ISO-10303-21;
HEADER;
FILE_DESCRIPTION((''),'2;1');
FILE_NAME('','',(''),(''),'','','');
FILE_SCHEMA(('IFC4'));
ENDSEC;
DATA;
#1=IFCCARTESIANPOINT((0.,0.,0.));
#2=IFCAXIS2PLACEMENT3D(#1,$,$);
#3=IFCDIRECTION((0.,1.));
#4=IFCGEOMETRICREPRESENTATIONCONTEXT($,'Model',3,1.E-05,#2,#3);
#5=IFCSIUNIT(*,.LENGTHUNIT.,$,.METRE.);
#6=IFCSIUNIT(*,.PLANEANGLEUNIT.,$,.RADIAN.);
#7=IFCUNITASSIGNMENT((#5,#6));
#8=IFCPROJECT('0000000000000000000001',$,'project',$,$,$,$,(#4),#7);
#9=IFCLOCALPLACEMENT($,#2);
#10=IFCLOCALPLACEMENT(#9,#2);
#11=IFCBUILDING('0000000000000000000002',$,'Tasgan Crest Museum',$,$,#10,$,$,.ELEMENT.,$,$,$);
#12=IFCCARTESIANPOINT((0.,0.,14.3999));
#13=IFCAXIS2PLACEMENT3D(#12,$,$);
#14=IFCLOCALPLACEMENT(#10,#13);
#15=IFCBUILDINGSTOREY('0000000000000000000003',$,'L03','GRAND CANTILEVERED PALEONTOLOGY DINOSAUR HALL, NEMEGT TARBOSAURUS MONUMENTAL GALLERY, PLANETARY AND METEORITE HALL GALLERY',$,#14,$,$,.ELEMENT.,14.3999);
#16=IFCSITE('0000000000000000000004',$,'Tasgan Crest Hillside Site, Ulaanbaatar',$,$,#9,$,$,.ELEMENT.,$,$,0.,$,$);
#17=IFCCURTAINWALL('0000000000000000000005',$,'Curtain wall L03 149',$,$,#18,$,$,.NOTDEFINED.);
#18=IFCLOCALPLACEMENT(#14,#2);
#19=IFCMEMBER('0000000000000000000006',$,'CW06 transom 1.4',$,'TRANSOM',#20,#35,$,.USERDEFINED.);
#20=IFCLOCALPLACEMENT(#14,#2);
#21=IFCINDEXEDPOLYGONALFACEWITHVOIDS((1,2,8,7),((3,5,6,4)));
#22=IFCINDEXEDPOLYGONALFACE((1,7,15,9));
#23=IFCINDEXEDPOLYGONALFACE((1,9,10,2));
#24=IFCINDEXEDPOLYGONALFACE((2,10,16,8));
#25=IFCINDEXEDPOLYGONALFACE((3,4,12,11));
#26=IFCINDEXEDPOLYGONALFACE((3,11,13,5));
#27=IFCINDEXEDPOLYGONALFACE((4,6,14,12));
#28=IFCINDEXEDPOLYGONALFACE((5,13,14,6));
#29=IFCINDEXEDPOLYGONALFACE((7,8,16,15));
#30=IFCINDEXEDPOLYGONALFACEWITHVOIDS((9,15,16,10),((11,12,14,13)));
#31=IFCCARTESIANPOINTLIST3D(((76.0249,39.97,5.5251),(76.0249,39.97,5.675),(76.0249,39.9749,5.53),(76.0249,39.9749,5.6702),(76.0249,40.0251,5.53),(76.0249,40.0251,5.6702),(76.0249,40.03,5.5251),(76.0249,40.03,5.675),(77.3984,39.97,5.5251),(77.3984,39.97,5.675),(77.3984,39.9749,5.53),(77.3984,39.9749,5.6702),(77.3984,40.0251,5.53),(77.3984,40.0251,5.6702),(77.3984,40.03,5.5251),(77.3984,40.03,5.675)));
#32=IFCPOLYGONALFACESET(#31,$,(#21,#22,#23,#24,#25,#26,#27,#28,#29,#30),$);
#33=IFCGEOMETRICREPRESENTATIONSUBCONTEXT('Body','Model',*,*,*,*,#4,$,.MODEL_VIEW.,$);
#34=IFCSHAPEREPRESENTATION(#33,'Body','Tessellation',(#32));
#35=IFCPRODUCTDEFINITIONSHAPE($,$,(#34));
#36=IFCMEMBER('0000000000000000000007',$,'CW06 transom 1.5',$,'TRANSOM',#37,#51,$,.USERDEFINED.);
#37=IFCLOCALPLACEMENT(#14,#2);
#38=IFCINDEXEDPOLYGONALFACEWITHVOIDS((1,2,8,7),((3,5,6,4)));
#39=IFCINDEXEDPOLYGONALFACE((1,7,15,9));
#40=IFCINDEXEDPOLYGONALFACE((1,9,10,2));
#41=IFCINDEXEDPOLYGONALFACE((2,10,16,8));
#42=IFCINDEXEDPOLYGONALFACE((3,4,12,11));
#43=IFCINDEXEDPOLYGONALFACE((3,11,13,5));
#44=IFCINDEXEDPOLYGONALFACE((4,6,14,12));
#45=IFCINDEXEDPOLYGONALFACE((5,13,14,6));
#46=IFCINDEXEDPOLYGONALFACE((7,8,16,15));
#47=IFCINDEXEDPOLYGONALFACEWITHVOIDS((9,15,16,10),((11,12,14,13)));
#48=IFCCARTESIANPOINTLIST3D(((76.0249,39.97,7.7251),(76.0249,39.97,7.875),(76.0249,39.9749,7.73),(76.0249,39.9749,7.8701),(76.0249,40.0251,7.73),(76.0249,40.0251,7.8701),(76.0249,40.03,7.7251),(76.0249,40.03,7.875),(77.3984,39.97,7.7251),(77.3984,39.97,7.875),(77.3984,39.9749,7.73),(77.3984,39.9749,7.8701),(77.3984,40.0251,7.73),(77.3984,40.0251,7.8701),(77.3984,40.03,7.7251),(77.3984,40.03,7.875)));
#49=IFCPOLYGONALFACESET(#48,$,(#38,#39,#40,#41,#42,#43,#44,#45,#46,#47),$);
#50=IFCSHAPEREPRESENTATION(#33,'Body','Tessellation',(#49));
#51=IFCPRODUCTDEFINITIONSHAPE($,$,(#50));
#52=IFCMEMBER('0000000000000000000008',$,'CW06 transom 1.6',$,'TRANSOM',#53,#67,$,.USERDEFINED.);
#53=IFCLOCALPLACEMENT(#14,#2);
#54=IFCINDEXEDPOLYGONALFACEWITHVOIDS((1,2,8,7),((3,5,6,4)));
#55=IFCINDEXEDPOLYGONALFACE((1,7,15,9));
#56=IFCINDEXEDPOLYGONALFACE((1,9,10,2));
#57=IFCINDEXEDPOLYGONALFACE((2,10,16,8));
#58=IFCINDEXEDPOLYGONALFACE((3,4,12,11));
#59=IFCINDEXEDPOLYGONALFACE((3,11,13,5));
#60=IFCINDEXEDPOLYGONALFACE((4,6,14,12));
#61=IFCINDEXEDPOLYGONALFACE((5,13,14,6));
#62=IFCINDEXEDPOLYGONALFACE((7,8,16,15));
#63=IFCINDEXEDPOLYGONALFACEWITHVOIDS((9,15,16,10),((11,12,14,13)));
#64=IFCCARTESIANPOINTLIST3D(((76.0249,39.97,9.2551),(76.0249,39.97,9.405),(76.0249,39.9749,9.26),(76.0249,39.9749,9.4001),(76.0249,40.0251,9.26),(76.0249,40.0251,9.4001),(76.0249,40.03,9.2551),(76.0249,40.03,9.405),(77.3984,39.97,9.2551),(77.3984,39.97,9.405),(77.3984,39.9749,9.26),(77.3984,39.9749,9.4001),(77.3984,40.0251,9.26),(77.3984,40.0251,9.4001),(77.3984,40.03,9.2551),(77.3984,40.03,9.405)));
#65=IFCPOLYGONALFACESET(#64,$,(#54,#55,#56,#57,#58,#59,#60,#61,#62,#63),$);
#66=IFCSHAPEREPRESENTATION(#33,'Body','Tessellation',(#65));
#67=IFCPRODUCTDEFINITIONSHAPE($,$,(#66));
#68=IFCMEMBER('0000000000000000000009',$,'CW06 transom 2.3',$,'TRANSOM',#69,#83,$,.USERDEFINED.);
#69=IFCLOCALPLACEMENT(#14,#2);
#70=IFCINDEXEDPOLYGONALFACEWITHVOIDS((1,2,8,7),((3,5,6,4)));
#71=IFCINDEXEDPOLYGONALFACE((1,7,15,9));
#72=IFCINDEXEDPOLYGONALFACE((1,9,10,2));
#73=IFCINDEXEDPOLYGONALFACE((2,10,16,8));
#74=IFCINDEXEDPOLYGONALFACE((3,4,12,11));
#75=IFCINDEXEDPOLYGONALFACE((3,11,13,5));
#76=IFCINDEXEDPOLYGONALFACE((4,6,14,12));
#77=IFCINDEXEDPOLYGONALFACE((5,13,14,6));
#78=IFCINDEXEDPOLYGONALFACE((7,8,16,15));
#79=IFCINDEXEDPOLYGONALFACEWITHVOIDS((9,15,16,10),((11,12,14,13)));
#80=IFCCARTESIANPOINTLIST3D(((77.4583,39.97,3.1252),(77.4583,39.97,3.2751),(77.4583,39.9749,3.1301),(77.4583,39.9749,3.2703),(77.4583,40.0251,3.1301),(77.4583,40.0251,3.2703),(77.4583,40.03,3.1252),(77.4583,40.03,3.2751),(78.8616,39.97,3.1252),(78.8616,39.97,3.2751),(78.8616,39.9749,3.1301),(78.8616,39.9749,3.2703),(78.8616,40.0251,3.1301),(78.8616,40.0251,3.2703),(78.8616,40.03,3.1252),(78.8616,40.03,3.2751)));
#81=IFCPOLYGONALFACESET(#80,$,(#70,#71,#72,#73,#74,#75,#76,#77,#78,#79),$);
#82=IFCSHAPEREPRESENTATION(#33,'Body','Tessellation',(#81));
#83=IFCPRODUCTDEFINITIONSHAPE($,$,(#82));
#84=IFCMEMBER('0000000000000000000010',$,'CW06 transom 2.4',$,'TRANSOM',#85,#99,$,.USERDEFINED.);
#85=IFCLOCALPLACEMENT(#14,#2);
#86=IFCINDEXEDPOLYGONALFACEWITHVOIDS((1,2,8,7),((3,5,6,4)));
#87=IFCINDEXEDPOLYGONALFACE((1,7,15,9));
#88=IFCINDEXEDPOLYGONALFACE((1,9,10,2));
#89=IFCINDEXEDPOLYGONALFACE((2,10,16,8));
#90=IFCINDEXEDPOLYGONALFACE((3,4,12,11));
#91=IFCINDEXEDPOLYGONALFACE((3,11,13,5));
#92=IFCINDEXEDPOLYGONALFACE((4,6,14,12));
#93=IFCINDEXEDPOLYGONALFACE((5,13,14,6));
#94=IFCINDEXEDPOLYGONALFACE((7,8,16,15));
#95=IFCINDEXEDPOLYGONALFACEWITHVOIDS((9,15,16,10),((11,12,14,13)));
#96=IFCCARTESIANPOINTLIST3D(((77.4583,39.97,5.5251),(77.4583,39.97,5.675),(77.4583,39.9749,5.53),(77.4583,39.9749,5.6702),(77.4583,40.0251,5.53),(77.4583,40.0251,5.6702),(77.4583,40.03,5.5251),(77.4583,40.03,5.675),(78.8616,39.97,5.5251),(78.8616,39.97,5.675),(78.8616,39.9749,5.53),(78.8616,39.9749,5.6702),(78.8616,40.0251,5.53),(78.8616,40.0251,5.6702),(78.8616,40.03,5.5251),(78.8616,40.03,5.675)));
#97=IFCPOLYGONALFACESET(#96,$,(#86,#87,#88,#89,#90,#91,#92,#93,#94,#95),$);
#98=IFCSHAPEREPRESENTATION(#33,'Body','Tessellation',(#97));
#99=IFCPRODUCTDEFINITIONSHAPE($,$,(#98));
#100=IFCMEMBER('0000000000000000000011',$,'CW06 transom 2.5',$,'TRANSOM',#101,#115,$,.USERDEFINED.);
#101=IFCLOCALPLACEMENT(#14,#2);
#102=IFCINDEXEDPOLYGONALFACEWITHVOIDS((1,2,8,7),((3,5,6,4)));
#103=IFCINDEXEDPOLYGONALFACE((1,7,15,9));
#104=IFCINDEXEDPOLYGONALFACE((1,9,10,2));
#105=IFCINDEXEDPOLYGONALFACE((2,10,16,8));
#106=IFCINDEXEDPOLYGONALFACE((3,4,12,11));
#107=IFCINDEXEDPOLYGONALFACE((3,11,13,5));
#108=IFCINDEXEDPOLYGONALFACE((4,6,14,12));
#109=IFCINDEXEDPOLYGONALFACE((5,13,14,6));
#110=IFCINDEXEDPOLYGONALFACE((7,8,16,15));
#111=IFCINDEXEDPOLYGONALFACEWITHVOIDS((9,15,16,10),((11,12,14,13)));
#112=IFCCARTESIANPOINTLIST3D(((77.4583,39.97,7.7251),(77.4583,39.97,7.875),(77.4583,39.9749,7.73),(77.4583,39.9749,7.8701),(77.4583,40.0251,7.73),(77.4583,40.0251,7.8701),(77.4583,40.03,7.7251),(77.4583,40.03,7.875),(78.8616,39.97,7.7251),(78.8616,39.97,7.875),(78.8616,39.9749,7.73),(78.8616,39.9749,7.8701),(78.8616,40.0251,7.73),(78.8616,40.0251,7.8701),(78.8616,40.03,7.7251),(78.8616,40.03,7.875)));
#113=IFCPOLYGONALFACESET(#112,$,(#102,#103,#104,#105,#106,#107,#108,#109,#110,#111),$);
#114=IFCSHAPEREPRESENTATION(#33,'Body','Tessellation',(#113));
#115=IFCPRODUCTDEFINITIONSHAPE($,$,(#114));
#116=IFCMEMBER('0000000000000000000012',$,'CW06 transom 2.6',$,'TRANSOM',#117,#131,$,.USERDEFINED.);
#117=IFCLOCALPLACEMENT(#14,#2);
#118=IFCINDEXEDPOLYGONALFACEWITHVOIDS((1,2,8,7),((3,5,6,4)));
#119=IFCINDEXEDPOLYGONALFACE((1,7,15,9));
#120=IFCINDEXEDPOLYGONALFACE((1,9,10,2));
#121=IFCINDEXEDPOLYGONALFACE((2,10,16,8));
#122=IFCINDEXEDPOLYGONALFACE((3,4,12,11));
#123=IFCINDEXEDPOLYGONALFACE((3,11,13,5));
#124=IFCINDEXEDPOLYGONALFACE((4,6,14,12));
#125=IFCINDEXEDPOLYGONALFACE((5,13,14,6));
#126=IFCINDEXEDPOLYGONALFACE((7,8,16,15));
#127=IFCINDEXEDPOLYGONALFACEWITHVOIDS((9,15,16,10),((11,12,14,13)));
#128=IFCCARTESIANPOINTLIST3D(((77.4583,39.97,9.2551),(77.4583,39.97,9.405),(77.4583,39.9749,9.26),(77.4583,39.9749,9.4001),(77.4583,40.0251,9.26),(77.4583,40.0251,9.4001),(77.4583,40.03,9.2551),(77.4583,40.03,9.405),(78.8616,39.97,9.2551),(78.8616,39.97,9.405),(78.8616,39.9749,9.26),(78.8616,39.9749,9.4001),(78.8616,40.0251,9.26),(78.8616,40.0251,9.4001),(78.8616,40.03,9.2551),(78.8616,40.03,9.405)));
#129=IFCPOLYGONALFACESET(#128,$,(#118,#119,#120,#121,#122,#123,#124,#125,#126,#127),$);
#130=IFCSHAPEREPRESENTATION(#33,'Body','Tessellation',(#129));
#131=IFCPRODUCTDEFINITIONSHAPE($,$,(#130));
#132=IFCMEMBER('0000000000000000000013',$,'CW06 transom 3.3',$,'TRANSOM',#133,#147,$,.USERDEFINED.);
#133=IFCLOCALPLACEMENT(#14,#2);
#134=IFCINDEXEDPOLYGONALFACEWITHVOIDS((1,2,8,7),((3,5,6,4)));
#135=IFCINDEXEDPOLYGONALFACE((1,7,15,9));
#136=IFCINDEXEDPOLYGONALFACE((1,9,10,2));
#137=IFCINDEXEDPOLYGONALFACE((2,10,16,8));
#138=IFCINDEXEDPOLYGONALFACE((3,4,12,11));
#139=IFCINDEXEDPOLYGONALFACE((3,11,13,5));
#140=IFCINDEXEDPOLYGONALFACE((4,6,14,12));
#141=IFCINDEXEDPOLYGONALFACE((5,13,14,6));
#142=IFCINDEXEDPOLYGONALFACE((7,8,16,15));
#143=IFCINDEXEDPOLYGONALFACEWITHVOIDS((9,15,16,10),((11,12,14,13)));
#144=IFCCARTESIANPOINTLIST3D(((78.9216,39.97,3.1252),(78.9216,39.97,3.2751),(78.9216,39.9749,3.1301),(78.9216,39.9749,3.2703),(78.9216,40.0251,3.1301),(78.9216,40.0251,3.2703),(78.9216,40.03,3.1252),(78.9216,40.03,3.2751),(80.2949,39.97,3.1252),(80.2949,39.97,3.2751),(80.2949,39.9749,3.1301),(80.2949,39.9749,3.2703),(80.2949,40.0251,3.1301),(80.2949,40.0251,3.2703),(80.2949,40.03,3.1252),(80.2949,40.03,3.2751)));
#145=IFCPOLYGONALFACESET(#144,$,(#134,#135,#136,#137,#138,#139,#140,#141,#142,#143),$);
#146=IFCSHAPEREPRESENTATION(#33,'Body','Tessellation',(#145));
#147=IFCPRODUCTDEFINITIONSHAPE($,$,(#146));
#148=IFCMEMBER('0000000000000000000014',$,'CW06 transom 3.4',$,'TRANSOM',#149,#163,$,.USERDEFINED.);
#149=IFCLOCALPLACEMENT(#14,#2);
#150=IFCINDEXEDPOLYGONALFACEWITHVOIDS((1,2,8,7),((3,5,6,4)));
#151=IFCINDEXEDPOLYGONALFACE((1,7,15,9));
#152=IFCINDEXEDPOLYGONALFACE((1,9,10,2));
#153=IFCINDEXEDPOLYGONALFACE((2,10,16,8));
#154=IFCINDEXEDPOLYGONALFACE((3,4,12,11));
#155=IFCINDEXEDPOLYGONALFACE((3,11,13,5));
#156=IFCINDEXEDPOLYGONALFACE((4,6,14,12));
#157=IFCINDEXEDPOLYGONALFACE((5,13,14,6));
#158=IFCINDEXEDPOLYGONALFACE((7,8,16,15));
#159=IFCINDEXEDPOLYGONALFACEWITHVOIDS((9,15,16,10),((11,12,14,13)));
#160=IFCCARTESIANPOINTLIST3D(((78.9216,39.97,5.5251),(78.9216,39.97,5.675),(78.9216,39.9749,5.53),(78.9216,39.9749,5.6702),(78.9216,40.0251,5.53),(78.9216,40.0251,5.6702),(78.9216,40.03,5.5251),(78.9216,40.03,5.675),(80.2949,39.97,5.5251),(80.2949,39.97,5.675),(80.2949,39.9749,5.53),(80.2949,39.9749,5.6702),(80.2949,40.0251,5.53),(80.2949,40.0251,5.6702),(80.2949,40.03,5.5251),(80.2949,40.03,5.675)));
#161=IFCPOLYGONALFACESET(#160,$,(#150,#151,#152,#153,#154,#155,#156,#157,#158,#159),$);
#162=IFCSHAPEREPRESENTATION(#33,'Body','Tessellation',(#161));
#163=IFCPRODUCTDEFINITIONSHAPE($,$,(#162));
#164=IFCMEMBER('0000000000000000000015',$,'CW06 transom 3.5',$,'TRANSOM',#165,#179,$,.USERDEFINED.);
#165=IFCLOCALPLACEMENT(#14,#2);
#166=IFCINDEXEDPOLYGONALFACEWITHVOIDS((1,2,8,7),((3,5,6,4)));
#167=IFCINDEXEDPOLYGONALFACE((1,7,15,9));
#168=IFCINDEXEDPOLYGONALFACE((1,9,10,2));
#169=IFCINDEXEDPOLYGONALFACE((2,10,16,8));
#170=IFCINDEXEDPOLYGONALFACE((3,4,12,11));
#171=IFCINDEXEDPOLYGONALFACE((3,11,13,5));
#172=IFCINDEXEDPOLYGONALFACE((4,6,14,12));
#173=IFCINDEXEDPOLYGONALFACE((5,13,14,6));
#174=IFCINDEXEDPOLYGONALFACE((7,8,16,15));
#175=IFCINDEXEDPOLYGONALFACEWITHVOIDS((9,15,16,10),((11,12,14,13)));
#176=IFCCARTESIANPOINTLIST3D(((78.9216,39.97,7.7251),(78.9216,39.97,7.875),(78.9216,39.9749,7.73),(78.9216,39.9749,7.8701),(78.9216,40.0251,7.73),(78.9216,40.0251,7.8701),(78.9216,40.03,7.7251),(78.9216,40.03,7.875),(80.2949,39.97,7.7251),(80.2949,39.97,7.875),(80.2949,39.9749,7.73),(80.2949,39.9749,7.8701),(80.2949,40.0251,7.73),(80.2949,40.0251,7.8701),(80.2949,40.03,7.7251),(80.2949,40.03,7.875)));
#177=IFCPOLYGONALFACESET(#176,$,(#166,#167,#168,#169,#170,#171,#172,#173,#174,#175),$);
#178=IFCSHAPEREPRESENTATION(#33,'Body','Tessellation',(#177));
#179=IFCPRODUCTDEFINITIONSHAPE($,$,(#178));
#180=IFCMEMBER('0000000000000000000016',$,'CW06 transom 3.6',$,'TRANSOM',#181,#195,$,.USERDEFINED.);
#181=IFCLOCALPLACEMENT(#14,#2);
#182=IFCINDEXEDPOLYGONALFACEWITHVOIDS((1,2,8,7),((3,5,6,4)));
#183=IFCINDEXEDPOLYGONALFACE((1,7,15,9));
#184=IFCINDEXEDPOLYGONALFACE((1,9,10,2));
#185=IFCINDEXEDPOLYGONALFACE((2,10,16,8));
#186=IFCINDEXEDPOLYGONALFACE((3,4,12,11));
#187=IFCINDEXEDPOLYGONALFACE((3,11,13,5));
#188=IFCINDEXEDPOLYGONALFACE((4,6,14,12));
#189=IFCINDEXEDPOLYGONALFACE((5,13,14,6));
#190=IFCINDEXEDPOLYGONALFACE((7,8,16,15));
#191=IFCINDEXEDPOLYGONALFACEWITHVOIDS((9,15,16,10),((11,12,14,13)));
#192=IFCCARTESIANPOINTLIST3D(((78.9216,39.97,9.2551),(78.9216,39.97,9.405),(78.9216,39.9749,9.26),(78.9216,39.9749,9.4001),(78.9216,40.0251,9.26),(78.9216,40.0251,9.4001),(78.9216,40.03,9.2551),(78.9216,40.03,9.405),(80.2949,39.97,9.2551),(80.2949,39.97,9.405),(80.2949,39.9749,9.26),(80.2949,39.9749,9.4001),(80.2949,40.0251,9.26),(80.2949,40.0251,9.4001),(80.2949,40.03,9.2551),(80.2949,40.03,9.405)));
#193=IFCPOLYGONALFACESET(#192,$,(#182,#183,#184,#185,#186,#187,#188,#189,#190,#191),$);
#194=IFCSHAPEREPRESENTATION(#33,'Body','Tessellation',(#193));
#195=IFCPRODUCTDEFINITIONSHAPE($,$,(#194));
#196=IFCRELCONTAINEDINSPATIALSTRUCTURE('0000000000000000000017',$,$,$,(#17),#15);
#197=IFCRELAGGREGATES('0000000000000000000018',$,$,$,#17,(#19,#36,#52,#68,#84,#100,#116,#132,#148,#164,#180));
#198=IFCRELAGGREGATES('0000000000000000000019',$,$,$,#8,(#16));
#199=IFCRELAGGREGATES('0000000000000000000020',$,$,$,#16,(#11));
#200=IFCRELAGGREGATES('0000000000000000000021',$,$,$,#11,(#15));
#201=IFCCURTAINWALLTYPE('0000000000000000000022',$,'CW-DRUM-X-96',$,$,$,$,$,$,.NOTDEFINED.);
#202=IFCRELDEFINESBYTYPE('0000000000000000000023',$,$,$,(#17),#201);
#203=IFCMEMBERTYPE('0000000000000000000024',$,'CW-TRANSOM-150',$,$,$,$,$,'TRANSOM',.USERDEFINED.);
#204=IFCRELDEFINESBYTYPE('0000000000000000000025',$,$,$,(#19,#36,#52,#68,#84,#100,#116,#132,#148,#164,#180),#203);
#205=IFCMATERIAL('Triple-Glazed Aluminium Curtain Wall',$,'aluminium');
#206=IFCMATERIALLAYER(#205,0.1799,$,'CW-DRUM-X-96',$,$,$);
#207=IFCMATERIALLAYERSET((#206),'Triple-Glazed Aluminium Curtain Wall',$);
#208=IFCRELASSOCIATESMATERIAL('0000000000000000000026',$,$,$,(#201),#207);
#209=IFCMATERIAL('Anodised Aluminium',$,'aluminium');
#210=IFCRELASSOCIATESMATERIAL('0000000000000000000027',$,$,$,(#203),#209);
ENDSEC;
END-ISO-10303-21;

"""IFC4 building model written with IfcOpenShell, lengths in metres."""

from ifc_helpers import new_model, si_unit, direction, frame, origin, origin_2d, place, context, subcontext, project, spatial, hollow_rectangle, extrude, material, layer, layer_set, material_profile, profile_set, type_object, element, aggregate, save


model = new_model("IFC4")

# Units and contexts
model_context = context("Model", 3, precision=1e-05, world=origin(), true_north=direction((0.0, 1.0)))
body_context = subcontext(model_context, "Body", "Model", "MODEL_VIEW")
ifc_project = project(units=[si_unit("LENGTHUNIT", "METRE"), si_unit("PLANEANGLEUNIT", "RADIAN")], contexts=[model_context])

# Site, building, storey
site_placement = place(None, origin())
site = spatial("IfcSite", under=ifc_project, at=site_placement, Name="Tasgan Crest Hillside Site, Ulaanbaatar", CompositionType="ELEMENT", RefElevation=0.0)
building_placement = place(site_placement, origin())
building = spatial("IfcBuilding", under=site, at=building_placement, Name="Tasgan Crest Museum", CompositionType="ELEMENT")
storey_placement = place(building_placement, frame((0.0, 0.0, 14.3999)))
storey = spatial("IfcBuildingStorey", under=building, at=storey_placement, Name="L03", Description="GRAND CANTILEVERED PALEONTOLOGY DINOSAUR HALL, NEMEGT TARBOSAURUS MONUMENTAL GALLERY, PLANETARY AND METEORITE HALL GALLERY", CompositionType="ELEMENT", Elevation=14.3999)

# Curtain wall, members
ifc_material_1 = material(Name="Triple-Glazed Aluminium Curtain Wall", Category="aluminium")
ifc_layer_1 = layer(ifc_material_1, 0.1799, Name="CW-DRUM-X-96")
ifc_layer_set_1 = layer_set([ifc_layer_1], Name="Triple-Glazed Aluminium Curtain Wall")
curtain_wall_type = type_object("IfcCurtainWallType", Name="CW-DRUM-X-96", PredefinedType="NOTDEFINED", material=ifc_layer_set_1)
curtain_wall_1_placement = place(storey_placement, origin())
curtain_wall_1 = element("IfcCurtainWall", 1, at=curtain_wall_1_placement, inside=storey, type_object=curtain_wall_type, Name="Curtain wall L03 149", PredefinedType="NOTDEFINED")
ifc_material_2 = material(Name="Anodised Aluminium", Category="aluminium")
ifc_material_profile = material_profile(ifc_material_2, hollow_rectangle(XDim=0.0601, YDim=0.1499, WallThickness=0.0049, at=origin_2d()), Name="ALU TRANSOM 150x60x5")
ifc_profile_set = profile_set([ifc_material_profile], Name="Anodised Aluminium")
member_type = type_object("IfcMemberType", Name="CW-TRANSOM-150", ElementType="TRANSOM", PredefinedType="USERDEFINED", material=ifc_profile_set)
member_1_placement = place(storey_placement, frame((76.0249, 40.0, 5.6001), z_axis=(1.0, 0.0, 0.0), x_axis=(0.0, 1.0, 0.0)))
member_1 = element("IfcMember", 2, at=member_1_placement, type_object=member_type, Name="CW06 transom 1.4", ObjectType="TRANSOM", PredefinedType="USERDEFINED", context=body_context, shape_type="SweptSolid", body=[
    extrude(hollow_rectangle(XDim=0.0601, YDim=0.1499, WallThickness=0.0049, at=origin_2d()), origin(), (0.0, 0.0, 1.0), 1.3735),
])
member_2_placement = place(storey_placement, frame((76.0249, 40.0, 7.8), z_axis=(1.0, 0.0, 0.0), x_axis=(0.0, 1.0, 0.0)))
member_2 = element("IfcMember", 3, at=member_2_placement, type_object=member_type, Name="CW06 transom 1.5", ObjectType="TRANSOM", PredefinedType="USERDEFINED", context=body_context, shape_type="SweptSolid", body=[
    extrude(hollow_rectangle(XDim=0.0601, YDim=0.1499, WallThickness=0.0049, at=origin_2d()), origin(), (0.0, 0.0, 1.0), 1.3735),
])
member_3_placement = place(storey_placement, frame((76.0249, 40.0, 9.3301), z_axis=(1.0, 0.0, 0.0), x_axis=(0.0, 1.0, 0.0)))
member_3 = element("IfcMember", 4, at=member_3_placement, type_object=member_type, Name="CW06 transom 1.6", ObjectType="TRANSOM", PredefinedType="USERDEFINED", context=body_context, shape_type="SweptSolid", body=[
    extrude(hollow_rectangle(XDim=0.0601, YDim=0.1499, WallThickness=0.0049, at=origin_2d()), origin(), (0.0, 0.0, 1.0), 1.3735),
])
member_4_placement = place(storey_placement, frame((77.4583, 40.0, 3.2002), z_axis=(1.0, 0.0, 0.0), x_axis=(0.0, 1.0, 0.0)))
member_4 = element("IfcMember", 5, at=member_4_placement, type_object=member_type, Name="CW06 transom 2.3", ObjectType="TRANSOM", PredefinedType="USERDEFINED", context=body_context, shape_type="SweptSolid", body=[
    extrude(hollow_rectangle(XDim=0.0601, YDim=0.1499, WallThickness=0.0049, at=origin_2d()), origin(), (0.0, 0.0, 1.0), 1.4033),
])
member_5_placement = place(storey_placement, frame((77.4583, 40.0, 5.6001), z_axis=(1.0, 0.0, 0.0), x_axis=(0.0, 1.0, 0.0)))
member_5 = element("IfcMember", 6, at=member_5_placement, type_object=member_type, Name="CW06 transom 2.4", ObjectType="TRANSOM", PredefinedType="USERDEFINED", context=body_context, shape_type="SweptSolid", body=[
    extrude(hollow_rectangle(XDim=0.0601, YDim=0.1499, WallThickness=0.0049, at=origin_2d()), origin(), (0.0, 0.0, 1.0), 1.4033),
])
member_6_placement = place(storey_placement, frame((77.4583, 40.0, 7.8), z_axis=(1.0, 0.0, 0.0), x_axis=(0.0, 1.0, 0.0)))
member_6 = element("IfcMember", 7, at=member_6_placement, type_object=member_type, Name="CW06 transom 2.5", ObjectType="TRANSOM", PredefinedType="USERDEFINED", context=body_context, shape_type="SweptSolid", body=[
    extrude(hollow_rectangle(XDim=0.0601, YDim=0.1499, WallThickness=0.0049, at=origin_2d()), origin(), (0.0, 0.0, 1.0), 1.4033),
])
member_7_placement = place(storey_placement, frame((77.4583, 40.0, 9.3301), z_axis=(1.0, 0.0, 0.0), x_axis=(0.0, 1.0, 0.0)))
member_7 = element("IfcMember", 8, at=member_7_placement, type_object=member_type, Name="CW06 transom 2.6", ObjectType="TRANSOM", PredefinedType="USERDEFINED", context=body_context, shape_type="SweptSolid", body=[
    extrude(hollow_rectangle(XDim=0.0601, YDim=0.1499, WallThickness=0.0049, at=origin_2d()), origin(), (0.0, 0.0, 1.0), 1.4033),
])
member_8_placement = place(storey_placement, frame((78.9216, 40.0, 3.2002), z_axis=(1.0, 0.0, 0.0), x_axis=(0.0, 1.0, 0.0)))
member_8 = element("IfcMember", 9, at=member_8_placement, type_object=member_type, Name="CW06 transom 3.3", ObjectType="TRANSOM", PredefinedType="USERDEFINED", context=body_context, shape_type="SweptSolid", body=[
    extrude(hollow_rectangle(XDim=0.0601, YDim=0.1499, WallThickness=0.0049, at=origin_2d()), origin(), (0.0, 0.0, 1.0), 1.3733),
])
member_9_placement = place(storey_placement, frame((78.9216, 40.0, 5.6001), z_axis=(1.0, 0.0, 0.0), x_axis=(0.0, 1.0, 0.0)))
member_9 = element("IfcMember", 10, at=member_9_placement, type_object=member_type, Name="CW06 transom 3.4", ObjectType="TRANSOM", PredefinedType="USERDEFINED", context=body_context, shape_type="SweptSolid", body=[
    extrude(hollow_rectangle(XDim=0.0601, YDim=0.1499, WallThickness=0.0049, at=origin_2d()), origin(), (0.0, 0.0, 1.0), 1.3733),
])
member_10_placement = place(storey_placement, frame((78.9216, 40.0, 7.8), z_axis=(1.0, 0.0, 0.0), x_axis=(0.0, 1.0, 0.0)))
member_10 = element("IfcMember", 11, at=member_10_placement, type_object=member_type, Name="CW06 transom 3.5", ObjectType="TRANSOM", PredefinedType="USERDEFINED", context=body_context, shape_type="SweptSolid", body=[
    extrude(hollow_rectangle(XDim=0.0601, YDim=0.1499, WallThickness=0.0049, at=origin_2d()), origin(), (0.0, 0.0, 1.0), 1.3733),
])
member_11_placement = place(storey_placement, frame((78.9216, 40.0, 9.3301), z_axis=(1.0, 0.0, 0.0), x_axis=(0.0, 1.0, 0.0)))
member_11 = element("IfcMember", 12, at=member_11_placement, type_object=member_type, Name="CW06 transom 3.6", ObjectType="TRANSOM", PredefinedType="USERDEFINED", context=body_context, shape_type="SweptSolid", body=[
    extrude(hollow_rectangle(XDim=0.0601, YDim=0.1499, WallThickness=0.0049, at=origin_2d()), origin(), (0.0, 0.0, 1.0), 1.3733),
])

aggregate(curtain_wall_1, [member_1, member_2, member_3, member_4, member_5, member_6, member_7, member_8, member_9, member_10, member_11])

save(model, "model.ifc")
